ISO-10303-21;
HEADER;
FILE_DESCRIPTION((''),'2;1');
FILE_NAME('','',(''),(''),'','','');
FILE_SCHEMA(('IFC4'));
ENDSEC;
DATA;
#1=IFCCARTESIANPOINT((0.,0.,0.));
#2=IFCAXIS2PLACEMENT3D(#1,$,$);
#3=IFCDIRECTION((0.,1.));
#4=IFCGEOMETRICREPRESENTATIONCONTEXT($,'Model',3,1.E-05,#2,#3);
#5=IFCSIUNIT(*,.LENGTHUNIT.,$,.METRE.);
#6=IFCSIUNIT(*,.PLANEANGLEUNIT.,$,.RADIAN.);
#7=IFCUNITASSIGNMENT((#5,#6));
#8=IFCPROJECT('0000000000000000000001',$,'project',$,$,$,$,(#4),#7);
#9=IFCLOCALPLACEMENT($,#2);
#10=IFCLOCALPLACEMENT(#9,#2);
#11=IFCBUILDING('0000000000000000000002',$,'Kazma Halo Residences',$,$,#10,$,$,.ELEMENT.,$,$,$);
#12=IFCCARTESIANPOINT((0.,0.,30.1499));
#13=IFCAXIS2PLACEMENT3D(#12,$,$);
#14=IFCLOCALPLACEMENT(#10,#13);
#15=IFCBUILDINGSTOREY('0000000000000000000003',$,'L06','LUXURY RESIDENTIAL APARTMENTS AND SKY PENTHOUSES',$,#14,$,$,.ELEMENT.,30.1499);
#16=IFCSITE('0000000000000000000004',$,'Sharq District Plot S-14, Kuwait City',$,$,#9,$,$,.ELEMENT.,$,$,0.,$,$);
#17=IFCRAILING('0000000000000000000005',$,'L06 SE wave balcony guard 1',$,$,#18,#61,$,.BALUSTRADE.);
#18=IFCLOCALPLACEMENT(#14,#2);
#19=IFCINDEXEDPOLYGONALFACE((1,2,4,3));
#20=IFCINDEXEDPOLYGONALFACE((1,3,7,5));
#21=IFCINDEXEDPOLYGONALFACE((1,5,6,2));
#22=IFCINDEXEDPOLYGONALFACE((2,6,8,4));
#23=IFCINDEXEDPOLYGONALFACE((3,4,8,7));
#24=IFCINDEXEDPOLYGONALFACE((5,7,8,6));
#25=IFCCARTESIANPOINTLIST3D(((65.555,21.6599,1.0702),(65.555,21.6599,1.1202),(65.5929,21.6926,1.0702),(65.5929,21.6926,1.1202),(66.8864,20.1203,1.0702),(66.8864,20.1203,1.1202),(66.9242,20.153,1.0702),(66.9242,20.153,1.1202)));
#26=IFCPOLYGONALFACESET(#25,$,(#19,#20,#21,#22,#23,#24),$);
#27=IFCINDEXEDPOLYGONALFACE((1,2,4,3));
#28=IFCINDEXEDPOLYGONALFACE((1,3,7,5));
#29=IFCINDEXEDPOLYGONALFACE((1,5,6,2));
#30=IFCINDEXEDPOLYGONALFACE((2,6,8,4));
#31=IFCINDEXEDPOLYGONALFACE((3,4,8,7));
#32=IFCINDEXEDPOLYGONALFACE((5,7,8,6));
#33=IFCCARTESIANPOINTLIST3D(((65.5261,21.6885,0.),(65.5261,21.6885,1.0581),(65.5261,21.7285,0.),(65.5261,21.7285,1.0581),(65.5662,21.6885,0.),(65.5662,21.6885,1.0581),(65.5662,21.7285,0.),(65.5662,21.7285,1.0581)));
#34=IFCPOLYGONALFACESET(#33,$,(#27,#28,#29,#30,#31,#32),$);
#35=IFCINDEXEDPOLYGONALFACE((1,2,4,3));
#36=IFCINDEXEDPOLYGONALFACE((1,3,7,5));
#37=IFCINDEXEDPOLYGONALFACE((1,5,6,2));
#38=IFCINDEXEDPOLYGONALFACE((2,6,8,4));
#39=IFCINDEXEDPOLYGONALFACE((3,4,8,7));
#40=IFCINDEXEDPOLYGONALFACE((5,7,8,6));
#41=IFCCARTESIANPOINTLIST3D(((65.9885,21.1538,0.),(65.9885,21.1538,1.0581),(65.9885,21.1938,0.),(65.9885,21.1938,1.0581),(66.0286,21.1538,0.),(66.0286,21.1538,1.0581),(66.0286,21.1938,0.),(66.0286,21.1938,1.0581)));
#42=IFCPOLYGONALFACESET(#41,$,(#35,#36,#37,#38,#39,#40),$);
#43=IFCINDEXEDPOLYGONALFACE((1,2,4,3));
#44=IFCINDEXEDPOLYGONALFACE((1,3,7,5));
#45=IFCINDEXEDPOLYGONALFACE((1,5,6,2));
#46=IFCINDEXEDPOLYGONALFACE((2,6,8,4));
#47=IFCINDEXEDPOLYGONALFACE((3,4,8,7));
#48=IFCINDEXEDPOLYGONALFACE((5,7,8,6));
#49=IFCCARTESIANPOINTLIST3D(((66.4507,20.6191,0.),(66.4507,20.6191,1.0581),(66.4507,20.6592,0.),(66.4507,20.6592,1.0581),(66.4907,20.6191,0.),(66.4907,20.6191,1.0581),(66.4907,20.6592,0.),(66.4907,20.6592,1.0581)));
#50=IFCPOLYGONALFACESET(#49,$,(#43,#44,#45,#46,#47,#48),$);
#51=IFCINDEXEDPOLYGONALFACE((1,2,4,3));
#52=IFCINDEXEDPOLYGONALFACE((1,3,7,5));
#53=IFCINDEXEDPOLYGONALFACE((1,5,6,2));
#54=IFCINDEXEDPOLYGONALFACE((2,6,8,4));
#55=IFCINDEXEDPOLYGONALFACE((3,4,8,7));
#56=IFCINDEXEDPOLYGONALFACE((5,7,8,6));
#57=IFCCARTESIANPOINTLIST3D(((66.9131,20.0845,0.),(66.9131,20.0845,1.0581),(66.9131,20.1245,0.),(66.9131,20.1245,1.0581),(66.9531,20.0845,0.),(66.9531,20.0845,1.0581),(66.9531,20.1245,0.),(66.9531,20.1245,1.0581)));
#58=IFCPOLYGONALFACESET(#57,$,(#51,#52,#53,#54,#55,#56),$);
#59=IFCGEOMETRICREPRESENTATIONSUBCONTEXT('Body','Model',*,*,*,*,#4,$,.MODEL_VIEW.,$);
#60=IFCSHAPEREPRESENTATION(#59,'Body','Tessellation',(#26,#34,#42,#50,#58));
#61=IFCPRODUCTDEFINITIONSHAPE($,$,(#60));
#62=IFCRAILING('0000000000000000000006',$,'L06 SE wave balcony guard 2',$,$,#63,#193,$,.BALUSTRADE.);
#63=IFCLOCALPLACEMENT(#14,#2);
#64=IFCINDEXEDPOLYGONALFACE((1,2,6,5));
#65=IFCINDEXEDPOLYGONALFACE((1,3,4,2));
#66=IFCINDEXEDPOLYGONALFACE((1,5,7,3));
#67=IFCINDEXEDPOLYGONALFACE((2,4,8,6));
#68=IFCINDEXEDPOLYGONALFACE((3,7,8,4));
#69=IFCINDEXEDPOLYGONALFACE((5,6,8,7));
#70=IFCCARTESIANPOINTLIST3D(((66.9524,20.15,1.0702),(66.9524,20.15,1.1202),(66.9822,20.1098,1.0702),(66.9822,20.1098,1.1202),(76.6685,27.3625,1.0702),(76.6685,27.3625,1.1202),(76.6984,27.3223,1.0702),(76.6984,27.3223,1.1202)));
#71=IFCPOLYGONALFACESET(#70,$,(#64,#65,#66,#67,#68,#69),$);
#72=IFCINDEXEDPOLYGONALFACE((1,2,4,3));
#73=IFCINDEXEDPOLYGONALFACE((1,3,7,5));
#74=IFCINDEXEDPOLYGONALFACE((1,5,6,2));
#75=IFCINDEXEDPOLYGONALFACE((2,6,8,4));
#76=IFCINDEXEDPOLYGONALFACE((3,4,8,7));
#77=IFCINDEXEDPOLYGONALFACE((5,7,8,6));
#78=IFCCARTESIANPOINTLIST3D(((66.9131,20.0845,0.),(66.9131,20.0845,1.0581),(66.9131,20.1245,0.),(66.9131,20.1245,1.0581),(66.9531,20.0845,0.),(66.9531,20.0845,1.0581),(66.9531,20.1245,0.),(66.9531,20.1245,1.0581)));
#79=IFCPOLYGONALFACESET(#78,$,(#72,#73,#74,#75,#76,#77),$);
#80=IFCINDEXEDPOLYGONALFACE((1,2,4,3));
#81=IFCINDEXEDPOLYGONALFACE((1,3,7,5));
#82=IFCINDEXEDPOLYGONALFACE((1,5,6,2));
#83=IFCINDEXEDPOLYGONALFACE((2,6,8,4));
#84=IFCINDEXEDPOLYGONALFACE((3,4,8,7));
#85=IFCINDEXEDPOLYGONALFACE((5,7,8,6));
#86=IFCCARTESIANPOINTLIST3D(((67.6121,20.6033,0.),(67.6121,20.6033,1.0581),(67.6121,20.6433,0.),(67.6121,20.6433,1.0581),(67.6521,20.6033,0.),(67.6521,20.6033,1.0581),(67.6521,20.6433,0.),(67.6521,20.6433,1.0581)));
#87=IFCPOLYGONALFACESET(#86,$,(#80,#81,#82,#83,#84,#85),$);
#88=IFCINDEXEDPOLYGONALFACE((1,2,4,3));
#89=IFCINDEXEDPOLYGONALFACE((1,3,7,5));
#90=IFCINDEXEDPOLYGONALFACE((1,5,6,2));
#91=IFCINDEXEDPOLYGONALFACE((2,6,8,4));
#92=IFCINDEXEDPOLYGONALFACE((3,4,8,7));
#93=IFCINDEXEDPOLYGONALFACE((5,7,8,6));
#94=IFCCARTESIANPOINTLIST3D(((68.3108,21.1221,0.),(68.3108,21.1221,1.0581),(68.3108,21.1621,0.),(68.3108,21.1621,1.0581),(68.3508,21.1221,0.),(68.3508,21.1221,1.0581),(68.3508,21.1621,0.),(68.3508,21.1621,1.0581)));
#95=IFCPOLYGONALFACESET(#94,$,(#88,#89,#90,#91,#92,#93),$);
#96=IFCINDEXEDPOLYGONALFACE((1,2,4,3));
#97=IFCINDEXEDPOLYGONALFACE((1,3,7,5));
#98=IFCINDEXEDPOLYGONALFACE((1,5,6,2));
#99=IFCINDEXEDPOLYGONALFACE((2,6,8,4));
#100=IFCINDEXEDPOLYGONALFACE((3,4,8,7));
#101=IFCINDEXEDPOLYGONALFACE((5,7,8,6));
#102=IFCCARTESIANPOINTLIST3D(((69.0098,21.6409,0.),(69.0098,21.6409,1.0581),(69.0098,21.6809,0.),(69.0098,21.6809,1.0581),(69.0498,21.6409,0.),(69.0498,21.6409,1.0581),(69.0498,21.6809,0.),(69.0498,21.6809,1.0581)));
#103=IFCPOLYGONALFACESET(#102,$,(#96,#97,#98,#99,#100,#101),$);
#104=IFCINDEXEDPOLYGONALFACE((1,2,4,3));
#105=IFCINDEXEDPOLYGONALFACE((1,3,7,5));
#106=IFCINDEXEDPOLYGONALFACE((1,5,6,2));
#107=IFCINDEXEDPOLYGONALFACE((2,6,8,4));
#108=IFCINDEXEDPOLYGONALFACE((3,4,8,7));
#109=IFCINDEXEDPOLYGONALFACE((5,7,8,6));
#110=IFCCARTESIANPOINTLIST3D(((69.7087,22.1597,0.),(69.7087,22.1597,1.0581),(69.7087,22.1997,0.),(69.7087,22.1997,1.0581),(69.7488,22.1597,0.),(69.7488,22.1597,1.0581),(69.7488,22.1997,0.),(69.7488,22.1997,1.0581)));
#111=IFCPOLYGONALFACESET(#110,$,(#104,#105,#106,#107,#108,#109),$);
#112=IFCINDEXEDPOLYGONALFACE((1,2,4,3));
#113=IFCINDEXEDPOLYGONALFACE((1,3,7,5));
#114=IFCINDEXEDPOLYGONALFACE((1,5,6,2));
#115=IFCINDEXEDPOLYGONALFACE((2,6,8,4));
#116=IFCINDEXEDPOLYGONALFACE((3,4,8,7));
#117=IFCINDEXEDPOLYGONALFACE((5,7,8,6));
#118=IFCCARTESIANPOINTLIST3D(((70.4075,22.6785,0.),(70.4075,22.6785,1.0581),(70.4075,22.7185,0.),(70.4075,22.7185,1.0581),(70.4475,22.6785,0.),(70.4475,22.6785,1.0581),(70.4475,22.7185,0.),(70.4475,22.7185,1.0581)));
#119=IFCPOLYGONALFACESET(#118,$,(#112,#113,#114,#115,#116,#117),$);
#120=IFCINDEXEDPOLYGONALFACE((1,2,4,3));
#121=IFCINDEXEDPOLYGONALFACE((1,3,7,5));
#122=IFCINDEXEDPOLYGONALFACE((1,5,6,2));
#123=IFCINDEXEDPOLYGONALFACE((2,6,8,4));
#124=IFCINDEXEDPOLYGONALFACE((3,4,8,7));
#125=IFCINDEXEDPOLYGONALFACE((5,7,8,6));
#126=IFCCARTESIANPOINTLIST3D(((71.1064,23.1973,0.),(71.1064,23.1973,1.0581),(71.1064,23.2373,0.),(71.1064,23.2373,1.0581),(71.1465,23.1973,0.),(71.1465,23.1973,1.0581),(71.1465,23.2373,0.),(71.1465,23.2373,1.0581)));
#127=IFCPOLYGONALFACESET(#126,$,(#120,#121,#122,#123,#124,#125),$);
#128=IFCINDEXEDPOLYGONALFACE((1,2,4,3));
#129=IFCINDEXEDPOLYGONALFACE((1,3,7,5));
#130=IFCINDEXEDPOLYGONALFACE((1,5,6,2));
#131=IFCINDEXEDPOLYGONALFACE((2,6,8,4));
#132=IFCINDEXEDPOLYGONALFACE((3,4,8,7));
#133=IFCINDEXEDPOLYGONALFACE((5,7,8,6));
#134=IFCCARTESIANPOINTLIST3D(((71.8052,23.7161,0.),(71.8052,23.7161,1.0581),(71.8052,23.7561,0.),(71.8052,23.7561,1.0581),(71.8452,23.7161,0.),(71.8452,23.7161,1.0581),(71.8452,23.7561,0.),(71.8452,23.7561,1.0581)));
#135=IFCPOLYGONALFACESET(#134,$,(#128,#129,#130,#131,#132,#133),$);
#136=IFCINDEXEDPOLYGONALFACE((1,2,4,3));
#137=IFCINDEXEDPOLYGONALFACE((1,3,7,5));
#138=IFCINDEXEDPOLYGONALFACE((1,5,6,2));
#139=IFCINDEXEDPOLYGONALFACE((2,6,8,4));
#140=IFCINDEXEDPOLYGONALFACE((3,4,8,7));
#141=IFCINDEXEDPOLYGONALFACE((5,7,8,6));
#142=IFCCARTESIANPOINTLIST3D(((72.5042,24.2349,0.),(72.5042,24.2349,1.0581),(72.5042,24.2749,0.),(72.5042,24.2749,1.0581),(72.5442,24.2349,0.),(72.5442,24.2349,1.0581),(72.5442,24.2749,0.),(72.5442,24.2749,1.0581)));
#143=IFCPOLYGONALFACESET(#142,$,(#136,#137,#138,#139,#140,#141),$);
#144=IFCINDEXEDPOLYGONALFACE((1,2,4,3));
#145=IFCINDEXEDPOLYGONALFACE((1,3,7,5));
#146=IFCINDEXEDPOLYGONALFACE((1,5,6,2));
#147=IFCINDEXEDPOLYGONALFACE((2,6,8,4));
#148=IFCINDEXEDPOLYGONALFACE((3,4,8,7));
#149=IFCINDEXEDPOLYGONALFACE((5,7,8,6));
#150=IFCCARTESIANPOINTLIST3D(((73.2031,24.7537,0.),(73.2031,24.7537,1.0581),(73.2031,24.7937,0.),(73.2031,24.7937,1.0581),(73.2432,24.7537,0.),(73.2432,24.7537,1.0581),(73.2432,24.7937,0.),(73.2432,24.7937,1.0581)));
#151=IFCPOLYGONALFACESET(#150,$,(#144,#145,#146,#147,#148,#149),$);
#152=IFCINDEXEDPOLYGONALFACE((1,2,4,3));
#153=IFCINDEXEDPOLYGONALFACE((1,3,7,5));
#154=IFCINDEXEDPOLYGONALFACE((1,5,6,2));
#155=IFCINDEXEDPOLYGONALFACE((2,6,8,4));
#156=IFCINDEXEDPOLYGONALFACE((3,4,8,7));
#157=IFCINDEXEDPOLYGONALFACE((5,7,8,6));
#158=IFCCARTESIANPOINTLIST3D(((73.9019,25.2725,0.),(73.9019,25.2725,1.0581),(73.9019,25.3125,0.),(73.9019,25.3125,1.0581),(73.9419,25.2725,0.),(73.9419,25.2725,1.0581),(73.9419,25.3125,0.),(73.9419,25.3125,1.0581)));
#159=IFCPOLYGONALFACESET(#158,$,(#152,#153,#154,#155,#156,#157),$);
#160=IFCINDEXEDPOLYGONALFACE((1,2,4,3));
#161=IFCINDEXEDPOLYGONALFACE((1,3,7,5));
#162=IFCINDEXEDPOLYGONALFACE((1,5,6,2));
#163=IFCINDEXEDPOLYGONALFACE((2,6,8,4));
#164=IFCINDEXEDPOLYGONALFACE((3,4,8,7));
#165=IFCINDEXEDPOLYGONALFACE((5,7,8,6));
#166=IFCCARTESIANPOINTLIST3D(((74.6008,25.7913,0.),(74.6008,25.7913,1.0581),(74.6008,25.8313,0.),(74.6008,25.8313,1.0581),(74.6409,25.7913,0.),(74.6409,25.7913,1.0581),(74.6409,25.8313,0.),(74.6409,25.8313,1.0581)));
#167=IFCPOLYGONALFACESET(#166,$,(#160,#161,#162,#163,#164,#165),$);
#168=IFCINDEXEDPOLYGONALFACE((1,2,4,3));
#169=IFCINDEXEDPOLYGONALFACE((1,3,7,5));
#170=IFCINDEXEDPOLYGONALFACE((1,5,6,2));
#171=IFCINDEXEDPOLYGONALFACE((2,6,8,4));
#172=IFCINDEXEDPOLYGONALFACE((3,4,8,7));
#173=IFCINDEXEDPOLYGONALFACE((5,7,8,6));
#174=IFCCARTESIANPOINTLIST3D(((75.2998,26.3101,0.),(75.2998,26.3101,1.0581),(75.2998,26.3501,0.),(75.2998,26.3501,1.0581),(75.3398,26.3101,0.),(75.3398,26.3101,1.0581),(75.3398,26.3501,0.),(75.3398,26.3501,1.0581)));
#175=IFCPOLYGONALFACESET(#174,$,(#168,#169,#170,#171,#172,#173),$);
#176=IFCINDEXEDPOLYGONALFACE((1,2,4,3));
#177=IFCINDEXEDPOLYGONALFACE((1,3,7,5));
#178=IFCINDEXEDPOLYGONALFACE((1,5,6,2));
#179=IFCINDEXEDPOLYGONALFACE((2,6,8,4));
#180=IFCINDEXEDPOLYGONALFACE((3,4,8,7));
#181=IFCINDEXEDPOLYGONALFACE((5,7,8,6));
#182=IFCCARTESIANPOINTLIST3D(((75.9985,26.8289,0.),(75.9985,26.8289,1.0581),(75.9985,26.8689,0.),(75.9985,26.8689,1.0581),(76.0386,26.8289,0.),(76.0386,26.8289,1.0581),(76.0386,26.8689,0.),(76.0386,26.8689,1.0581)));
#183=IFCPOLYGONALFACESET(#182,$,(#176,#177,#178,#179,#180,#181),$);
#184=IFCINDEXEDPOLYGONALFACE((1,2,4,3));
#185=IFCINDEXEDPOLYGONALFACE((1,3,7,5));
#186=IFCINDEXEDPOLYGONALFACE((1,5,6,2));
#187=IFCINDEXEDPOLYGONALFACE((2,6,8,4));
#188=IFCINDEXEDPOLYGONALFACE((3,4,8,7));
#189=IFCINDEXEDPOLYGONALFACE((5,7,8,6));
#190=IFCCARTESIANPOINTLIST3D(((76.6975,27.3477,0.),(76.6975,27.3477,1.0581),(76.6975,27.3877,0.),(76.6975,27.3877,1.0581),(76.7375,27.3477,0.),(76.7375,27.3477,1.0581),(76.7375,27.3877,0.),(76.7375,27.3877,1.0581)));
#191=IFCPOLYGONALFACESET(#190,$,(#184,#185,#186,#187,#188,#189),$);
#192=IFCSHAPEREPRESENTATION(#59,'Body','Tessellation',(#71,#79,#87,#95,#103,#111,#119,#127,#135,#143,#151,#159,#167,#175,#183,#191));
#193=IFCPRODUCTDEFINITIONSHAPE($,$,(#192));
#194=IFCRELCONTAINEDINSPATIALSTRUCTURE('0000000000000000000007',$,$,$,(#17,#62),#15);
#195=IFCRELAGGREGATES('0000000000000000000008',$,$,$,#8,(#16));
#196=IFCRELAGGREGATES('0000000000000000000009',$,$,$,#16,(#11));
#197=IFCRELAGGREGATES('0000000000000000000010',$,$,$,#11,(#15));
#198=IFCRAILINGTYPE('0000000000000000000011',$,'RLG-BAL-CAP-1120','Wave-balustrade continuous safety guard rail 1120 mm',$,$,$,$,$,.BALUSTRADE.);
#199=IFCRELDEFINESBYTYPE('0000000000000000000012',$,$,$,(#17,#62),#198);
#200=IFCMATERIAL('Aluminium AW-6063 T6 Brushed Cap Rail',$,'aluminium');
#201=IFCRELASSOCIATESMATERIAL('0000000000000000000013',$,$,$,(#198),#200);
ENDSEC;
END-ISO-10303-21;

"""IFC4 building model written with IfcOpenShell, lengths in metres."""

from ifc_helpers import new_model, si_unit, direction, frame, origin, origin_2d, place, context, subcontext, project, spatial, rectangle, extrude, material, type_object, element, save


model = new_model("IFC4")

# Units and contexts
model_context = context("Model", 3, precision=1e-05, world=origin(), true_north=direction((0.0, 1.0)))
body_context = subcontext(model_context, "Body", "Model", "MODEL_VIEW")
ifc_project = project(units=[si_unit("LENGTHUNIT", "METRE"), si_unit("PLANEANGLEUNIT", "RADIAN")], contexts=[model_context])

# Site, building, storey
site_placement = place(None, origin())
site = spatial("IfcSite", under=ifc_project, at=site_placement, Name="Sharq District Plot S-14, Kuwait City", CompositionType="ELEMENT", RefElevation=0.0)
building_placement = place(site_placement, origin())
building = spatial("IfcBuilding", under=site, at=building_placement, Name="Kazma Halo Residences", CompositionType="ELEMENT")
storey_placement = place(building_placement, frame((0.0, 0.0, 30.1499)))
storey = spatial("IfcBuildingStorey", under=building, at=storey_placement, Name="L06", Description="LUXURY RESIDENTIAL APARTMENTS AND SKY PENTHOUSES", CompositionType="ELEMENT", Elevation=30.1499)

# Railings
ifc_material_1 = material(Name="Aluminium AW-6063 T6 Brushed Cap Rail", Category="aluminium")
railing_type = type_object("IfcRailingType", Name="RLG-BAL-CAP-1120", Description="Wave-balustrade continuous safety guard rail 1120 mm", PredefinedType="BALUSTRADE", material=ifc_material_1)
railing_1_placement = place(storey_placement, frame((65.5461, 21.7085, 0.0)))
element("IfcRailing", 1, at=railing_1_placement, inside=storey, type_object=railing_type, Name="L06 SE wave balcony guard 1", PredefinedType="BALUSTRADE", context=body_context, shape_type="SweptSolid", body=[
    extrude(rectangle(XDim=0.05, YDim=0.05, at=origin_2d()), frame((0.0278, -0.0322, 1.0952), z_axis=(0.654075, -0.756429, 0.0), x_axis=(0.756429, 0.654075, 0.0)), (0.0, 0.0, 1.0), 2.0354),
    extrude(rectangle(XDim=0.04, YDim=0.04, at=origin_2d()), origin(), (0.0, 0.0, 1.0), 1.0581),
    extrude(rectangle(XDim=0.04, YDim=0.04, at=origin_2d()), frame((0.4624, -0.5347, 0.0)), (0.0, 0.0, 1.0), 1.0581),
    extrude(rectangle(XDim=0.04, YDim=0.04, at=origin_2d()), frame((0.9246, -1.0693, 0.0)), (0.0, 0.0, 1.0), 1.0581),
    extrude(rectangle(XDim=0.04, YDim=0.04, at=origin_2d()), frame((1.387, -1.604, 0.0)), (0.0, 0.0, 1.0), 1.0581),
])
railing_2_placement = place(storey_placement, frame((66.9331, 20.1045, 0.0)))
element("IfcRailing", 2, at=railing_2_placement, inside=storey, type_object=railing_type, Name="L06 SE wave balcony guard 2", PredefinedType="BALUSTRADE", context=body_context, shape_type="SweptSolid", body=[
    extrude(rectangle(XDim=0.05, YDim=0.05, at=origin_2d()), frame((0.0342, 0.0254, 1.0952), z_axis=(0.80295, 0.596047, 0.0), x_axis=(-0.596047, 0.80295, 0.0)), (0.0, 0.0, 1.0), 12.1006),
    extrude(rectangle(XDim=0.04, YDim=0.04, at=origin_2d()), origin(), (0.0, 0.0, 1.0), 1.0581),
    extrude(rectangle(XDim=0.04, YDim=0.04, at=origin_2d()), frame((0.699, 0.5188, 0.0)), (0.0, 0.0, 1.0), 1.0581),
    extrude(rectangle(XDim=0.04, YDim=0.04, at=origin_2d()), frame((1.3977, 1.0376, 0.0)), (0.0, 0.0, 1.0), 1.0581),
    extrude(rectangle(XDim=0.04, YDim=0.04, at=origin_2d()), frame((2.0967, 1.5564, 0.0)), (0.0, 0.0, 1.0), 1.0581),
    extrude(rectangle(XDim=0.04, YDim=0.04, at=origin_2d()), frame((2.7957, 2.0752, 0.0)), (0.0, 0.0, 1.0), 1.0581),
    extrude(rectangle(XDim=0.04, YDim=0.04, at=origin_2d()), frame((3.4944, 2.594, 0.0)), (0.0, 0.0, 1.0), 1.0581),
    extrude(rectangle(XDim=0.04, YDim=0.04, at=origin_2d()), frame((4.1934, 3.1128, 0.0)), (0.0, 0.0, 1.0), 1.0581),
    extrude(rectangle(XDim=0.04, YDim=0.04, at=origin_2d()), frame((4.8921, 3.6316, 0.0)), (0.0, 0.0, 1.0), 1.0581),
    extrude(rectangle(XDim=0.04, YDim=0.04, at=origin_2d()), frame((5.5911, 4.1504, 0.0)), (0.0, 0.0, 1.0), 1.0581),
    extrude(rectangle(XDim=0.04, YDim=0.04, at=origin_2d()), frame((6.29, 4.6692, 0.0)), (0.0, 0.0, 1.0), 1.0581),
    extrude(rectangle(XDim=0.04, YDim=0.04, at=origin_2d()), frame((6.9888, 5.188, 0.0)), (0.0, 0.0, 1.0), 1.0581),
    extrude(rectangle(XDim=0.04, YDim=0.04, at=origin_2d()), frame((7.6877, 5.7068, 0.0)), (0.0, 0.0, 1.0), 1.0581),
    extrude(rectangle(XDim=0.04, YDim=0.04, at=origin_2d()), frame((8.3867, 6.2256, 0.0)), (0.0, 0.0, 1.0), 1.0581),
    extrude(rectangle(XDim=0.04, YDim=0.04, at=origin_2d()), frame((9.0854, 6.7444, 0.0)), (0.0, 0.0, 1.0), 1.0581),
    extrude(rectangle(XDim=0.04, YDim=0.04, at=origin_2d()), frame((9.7844, 7.2632, 0.0)), (0.0, 0.0, 1.0), 1.0581),
])

save(model, "model.ifc")
